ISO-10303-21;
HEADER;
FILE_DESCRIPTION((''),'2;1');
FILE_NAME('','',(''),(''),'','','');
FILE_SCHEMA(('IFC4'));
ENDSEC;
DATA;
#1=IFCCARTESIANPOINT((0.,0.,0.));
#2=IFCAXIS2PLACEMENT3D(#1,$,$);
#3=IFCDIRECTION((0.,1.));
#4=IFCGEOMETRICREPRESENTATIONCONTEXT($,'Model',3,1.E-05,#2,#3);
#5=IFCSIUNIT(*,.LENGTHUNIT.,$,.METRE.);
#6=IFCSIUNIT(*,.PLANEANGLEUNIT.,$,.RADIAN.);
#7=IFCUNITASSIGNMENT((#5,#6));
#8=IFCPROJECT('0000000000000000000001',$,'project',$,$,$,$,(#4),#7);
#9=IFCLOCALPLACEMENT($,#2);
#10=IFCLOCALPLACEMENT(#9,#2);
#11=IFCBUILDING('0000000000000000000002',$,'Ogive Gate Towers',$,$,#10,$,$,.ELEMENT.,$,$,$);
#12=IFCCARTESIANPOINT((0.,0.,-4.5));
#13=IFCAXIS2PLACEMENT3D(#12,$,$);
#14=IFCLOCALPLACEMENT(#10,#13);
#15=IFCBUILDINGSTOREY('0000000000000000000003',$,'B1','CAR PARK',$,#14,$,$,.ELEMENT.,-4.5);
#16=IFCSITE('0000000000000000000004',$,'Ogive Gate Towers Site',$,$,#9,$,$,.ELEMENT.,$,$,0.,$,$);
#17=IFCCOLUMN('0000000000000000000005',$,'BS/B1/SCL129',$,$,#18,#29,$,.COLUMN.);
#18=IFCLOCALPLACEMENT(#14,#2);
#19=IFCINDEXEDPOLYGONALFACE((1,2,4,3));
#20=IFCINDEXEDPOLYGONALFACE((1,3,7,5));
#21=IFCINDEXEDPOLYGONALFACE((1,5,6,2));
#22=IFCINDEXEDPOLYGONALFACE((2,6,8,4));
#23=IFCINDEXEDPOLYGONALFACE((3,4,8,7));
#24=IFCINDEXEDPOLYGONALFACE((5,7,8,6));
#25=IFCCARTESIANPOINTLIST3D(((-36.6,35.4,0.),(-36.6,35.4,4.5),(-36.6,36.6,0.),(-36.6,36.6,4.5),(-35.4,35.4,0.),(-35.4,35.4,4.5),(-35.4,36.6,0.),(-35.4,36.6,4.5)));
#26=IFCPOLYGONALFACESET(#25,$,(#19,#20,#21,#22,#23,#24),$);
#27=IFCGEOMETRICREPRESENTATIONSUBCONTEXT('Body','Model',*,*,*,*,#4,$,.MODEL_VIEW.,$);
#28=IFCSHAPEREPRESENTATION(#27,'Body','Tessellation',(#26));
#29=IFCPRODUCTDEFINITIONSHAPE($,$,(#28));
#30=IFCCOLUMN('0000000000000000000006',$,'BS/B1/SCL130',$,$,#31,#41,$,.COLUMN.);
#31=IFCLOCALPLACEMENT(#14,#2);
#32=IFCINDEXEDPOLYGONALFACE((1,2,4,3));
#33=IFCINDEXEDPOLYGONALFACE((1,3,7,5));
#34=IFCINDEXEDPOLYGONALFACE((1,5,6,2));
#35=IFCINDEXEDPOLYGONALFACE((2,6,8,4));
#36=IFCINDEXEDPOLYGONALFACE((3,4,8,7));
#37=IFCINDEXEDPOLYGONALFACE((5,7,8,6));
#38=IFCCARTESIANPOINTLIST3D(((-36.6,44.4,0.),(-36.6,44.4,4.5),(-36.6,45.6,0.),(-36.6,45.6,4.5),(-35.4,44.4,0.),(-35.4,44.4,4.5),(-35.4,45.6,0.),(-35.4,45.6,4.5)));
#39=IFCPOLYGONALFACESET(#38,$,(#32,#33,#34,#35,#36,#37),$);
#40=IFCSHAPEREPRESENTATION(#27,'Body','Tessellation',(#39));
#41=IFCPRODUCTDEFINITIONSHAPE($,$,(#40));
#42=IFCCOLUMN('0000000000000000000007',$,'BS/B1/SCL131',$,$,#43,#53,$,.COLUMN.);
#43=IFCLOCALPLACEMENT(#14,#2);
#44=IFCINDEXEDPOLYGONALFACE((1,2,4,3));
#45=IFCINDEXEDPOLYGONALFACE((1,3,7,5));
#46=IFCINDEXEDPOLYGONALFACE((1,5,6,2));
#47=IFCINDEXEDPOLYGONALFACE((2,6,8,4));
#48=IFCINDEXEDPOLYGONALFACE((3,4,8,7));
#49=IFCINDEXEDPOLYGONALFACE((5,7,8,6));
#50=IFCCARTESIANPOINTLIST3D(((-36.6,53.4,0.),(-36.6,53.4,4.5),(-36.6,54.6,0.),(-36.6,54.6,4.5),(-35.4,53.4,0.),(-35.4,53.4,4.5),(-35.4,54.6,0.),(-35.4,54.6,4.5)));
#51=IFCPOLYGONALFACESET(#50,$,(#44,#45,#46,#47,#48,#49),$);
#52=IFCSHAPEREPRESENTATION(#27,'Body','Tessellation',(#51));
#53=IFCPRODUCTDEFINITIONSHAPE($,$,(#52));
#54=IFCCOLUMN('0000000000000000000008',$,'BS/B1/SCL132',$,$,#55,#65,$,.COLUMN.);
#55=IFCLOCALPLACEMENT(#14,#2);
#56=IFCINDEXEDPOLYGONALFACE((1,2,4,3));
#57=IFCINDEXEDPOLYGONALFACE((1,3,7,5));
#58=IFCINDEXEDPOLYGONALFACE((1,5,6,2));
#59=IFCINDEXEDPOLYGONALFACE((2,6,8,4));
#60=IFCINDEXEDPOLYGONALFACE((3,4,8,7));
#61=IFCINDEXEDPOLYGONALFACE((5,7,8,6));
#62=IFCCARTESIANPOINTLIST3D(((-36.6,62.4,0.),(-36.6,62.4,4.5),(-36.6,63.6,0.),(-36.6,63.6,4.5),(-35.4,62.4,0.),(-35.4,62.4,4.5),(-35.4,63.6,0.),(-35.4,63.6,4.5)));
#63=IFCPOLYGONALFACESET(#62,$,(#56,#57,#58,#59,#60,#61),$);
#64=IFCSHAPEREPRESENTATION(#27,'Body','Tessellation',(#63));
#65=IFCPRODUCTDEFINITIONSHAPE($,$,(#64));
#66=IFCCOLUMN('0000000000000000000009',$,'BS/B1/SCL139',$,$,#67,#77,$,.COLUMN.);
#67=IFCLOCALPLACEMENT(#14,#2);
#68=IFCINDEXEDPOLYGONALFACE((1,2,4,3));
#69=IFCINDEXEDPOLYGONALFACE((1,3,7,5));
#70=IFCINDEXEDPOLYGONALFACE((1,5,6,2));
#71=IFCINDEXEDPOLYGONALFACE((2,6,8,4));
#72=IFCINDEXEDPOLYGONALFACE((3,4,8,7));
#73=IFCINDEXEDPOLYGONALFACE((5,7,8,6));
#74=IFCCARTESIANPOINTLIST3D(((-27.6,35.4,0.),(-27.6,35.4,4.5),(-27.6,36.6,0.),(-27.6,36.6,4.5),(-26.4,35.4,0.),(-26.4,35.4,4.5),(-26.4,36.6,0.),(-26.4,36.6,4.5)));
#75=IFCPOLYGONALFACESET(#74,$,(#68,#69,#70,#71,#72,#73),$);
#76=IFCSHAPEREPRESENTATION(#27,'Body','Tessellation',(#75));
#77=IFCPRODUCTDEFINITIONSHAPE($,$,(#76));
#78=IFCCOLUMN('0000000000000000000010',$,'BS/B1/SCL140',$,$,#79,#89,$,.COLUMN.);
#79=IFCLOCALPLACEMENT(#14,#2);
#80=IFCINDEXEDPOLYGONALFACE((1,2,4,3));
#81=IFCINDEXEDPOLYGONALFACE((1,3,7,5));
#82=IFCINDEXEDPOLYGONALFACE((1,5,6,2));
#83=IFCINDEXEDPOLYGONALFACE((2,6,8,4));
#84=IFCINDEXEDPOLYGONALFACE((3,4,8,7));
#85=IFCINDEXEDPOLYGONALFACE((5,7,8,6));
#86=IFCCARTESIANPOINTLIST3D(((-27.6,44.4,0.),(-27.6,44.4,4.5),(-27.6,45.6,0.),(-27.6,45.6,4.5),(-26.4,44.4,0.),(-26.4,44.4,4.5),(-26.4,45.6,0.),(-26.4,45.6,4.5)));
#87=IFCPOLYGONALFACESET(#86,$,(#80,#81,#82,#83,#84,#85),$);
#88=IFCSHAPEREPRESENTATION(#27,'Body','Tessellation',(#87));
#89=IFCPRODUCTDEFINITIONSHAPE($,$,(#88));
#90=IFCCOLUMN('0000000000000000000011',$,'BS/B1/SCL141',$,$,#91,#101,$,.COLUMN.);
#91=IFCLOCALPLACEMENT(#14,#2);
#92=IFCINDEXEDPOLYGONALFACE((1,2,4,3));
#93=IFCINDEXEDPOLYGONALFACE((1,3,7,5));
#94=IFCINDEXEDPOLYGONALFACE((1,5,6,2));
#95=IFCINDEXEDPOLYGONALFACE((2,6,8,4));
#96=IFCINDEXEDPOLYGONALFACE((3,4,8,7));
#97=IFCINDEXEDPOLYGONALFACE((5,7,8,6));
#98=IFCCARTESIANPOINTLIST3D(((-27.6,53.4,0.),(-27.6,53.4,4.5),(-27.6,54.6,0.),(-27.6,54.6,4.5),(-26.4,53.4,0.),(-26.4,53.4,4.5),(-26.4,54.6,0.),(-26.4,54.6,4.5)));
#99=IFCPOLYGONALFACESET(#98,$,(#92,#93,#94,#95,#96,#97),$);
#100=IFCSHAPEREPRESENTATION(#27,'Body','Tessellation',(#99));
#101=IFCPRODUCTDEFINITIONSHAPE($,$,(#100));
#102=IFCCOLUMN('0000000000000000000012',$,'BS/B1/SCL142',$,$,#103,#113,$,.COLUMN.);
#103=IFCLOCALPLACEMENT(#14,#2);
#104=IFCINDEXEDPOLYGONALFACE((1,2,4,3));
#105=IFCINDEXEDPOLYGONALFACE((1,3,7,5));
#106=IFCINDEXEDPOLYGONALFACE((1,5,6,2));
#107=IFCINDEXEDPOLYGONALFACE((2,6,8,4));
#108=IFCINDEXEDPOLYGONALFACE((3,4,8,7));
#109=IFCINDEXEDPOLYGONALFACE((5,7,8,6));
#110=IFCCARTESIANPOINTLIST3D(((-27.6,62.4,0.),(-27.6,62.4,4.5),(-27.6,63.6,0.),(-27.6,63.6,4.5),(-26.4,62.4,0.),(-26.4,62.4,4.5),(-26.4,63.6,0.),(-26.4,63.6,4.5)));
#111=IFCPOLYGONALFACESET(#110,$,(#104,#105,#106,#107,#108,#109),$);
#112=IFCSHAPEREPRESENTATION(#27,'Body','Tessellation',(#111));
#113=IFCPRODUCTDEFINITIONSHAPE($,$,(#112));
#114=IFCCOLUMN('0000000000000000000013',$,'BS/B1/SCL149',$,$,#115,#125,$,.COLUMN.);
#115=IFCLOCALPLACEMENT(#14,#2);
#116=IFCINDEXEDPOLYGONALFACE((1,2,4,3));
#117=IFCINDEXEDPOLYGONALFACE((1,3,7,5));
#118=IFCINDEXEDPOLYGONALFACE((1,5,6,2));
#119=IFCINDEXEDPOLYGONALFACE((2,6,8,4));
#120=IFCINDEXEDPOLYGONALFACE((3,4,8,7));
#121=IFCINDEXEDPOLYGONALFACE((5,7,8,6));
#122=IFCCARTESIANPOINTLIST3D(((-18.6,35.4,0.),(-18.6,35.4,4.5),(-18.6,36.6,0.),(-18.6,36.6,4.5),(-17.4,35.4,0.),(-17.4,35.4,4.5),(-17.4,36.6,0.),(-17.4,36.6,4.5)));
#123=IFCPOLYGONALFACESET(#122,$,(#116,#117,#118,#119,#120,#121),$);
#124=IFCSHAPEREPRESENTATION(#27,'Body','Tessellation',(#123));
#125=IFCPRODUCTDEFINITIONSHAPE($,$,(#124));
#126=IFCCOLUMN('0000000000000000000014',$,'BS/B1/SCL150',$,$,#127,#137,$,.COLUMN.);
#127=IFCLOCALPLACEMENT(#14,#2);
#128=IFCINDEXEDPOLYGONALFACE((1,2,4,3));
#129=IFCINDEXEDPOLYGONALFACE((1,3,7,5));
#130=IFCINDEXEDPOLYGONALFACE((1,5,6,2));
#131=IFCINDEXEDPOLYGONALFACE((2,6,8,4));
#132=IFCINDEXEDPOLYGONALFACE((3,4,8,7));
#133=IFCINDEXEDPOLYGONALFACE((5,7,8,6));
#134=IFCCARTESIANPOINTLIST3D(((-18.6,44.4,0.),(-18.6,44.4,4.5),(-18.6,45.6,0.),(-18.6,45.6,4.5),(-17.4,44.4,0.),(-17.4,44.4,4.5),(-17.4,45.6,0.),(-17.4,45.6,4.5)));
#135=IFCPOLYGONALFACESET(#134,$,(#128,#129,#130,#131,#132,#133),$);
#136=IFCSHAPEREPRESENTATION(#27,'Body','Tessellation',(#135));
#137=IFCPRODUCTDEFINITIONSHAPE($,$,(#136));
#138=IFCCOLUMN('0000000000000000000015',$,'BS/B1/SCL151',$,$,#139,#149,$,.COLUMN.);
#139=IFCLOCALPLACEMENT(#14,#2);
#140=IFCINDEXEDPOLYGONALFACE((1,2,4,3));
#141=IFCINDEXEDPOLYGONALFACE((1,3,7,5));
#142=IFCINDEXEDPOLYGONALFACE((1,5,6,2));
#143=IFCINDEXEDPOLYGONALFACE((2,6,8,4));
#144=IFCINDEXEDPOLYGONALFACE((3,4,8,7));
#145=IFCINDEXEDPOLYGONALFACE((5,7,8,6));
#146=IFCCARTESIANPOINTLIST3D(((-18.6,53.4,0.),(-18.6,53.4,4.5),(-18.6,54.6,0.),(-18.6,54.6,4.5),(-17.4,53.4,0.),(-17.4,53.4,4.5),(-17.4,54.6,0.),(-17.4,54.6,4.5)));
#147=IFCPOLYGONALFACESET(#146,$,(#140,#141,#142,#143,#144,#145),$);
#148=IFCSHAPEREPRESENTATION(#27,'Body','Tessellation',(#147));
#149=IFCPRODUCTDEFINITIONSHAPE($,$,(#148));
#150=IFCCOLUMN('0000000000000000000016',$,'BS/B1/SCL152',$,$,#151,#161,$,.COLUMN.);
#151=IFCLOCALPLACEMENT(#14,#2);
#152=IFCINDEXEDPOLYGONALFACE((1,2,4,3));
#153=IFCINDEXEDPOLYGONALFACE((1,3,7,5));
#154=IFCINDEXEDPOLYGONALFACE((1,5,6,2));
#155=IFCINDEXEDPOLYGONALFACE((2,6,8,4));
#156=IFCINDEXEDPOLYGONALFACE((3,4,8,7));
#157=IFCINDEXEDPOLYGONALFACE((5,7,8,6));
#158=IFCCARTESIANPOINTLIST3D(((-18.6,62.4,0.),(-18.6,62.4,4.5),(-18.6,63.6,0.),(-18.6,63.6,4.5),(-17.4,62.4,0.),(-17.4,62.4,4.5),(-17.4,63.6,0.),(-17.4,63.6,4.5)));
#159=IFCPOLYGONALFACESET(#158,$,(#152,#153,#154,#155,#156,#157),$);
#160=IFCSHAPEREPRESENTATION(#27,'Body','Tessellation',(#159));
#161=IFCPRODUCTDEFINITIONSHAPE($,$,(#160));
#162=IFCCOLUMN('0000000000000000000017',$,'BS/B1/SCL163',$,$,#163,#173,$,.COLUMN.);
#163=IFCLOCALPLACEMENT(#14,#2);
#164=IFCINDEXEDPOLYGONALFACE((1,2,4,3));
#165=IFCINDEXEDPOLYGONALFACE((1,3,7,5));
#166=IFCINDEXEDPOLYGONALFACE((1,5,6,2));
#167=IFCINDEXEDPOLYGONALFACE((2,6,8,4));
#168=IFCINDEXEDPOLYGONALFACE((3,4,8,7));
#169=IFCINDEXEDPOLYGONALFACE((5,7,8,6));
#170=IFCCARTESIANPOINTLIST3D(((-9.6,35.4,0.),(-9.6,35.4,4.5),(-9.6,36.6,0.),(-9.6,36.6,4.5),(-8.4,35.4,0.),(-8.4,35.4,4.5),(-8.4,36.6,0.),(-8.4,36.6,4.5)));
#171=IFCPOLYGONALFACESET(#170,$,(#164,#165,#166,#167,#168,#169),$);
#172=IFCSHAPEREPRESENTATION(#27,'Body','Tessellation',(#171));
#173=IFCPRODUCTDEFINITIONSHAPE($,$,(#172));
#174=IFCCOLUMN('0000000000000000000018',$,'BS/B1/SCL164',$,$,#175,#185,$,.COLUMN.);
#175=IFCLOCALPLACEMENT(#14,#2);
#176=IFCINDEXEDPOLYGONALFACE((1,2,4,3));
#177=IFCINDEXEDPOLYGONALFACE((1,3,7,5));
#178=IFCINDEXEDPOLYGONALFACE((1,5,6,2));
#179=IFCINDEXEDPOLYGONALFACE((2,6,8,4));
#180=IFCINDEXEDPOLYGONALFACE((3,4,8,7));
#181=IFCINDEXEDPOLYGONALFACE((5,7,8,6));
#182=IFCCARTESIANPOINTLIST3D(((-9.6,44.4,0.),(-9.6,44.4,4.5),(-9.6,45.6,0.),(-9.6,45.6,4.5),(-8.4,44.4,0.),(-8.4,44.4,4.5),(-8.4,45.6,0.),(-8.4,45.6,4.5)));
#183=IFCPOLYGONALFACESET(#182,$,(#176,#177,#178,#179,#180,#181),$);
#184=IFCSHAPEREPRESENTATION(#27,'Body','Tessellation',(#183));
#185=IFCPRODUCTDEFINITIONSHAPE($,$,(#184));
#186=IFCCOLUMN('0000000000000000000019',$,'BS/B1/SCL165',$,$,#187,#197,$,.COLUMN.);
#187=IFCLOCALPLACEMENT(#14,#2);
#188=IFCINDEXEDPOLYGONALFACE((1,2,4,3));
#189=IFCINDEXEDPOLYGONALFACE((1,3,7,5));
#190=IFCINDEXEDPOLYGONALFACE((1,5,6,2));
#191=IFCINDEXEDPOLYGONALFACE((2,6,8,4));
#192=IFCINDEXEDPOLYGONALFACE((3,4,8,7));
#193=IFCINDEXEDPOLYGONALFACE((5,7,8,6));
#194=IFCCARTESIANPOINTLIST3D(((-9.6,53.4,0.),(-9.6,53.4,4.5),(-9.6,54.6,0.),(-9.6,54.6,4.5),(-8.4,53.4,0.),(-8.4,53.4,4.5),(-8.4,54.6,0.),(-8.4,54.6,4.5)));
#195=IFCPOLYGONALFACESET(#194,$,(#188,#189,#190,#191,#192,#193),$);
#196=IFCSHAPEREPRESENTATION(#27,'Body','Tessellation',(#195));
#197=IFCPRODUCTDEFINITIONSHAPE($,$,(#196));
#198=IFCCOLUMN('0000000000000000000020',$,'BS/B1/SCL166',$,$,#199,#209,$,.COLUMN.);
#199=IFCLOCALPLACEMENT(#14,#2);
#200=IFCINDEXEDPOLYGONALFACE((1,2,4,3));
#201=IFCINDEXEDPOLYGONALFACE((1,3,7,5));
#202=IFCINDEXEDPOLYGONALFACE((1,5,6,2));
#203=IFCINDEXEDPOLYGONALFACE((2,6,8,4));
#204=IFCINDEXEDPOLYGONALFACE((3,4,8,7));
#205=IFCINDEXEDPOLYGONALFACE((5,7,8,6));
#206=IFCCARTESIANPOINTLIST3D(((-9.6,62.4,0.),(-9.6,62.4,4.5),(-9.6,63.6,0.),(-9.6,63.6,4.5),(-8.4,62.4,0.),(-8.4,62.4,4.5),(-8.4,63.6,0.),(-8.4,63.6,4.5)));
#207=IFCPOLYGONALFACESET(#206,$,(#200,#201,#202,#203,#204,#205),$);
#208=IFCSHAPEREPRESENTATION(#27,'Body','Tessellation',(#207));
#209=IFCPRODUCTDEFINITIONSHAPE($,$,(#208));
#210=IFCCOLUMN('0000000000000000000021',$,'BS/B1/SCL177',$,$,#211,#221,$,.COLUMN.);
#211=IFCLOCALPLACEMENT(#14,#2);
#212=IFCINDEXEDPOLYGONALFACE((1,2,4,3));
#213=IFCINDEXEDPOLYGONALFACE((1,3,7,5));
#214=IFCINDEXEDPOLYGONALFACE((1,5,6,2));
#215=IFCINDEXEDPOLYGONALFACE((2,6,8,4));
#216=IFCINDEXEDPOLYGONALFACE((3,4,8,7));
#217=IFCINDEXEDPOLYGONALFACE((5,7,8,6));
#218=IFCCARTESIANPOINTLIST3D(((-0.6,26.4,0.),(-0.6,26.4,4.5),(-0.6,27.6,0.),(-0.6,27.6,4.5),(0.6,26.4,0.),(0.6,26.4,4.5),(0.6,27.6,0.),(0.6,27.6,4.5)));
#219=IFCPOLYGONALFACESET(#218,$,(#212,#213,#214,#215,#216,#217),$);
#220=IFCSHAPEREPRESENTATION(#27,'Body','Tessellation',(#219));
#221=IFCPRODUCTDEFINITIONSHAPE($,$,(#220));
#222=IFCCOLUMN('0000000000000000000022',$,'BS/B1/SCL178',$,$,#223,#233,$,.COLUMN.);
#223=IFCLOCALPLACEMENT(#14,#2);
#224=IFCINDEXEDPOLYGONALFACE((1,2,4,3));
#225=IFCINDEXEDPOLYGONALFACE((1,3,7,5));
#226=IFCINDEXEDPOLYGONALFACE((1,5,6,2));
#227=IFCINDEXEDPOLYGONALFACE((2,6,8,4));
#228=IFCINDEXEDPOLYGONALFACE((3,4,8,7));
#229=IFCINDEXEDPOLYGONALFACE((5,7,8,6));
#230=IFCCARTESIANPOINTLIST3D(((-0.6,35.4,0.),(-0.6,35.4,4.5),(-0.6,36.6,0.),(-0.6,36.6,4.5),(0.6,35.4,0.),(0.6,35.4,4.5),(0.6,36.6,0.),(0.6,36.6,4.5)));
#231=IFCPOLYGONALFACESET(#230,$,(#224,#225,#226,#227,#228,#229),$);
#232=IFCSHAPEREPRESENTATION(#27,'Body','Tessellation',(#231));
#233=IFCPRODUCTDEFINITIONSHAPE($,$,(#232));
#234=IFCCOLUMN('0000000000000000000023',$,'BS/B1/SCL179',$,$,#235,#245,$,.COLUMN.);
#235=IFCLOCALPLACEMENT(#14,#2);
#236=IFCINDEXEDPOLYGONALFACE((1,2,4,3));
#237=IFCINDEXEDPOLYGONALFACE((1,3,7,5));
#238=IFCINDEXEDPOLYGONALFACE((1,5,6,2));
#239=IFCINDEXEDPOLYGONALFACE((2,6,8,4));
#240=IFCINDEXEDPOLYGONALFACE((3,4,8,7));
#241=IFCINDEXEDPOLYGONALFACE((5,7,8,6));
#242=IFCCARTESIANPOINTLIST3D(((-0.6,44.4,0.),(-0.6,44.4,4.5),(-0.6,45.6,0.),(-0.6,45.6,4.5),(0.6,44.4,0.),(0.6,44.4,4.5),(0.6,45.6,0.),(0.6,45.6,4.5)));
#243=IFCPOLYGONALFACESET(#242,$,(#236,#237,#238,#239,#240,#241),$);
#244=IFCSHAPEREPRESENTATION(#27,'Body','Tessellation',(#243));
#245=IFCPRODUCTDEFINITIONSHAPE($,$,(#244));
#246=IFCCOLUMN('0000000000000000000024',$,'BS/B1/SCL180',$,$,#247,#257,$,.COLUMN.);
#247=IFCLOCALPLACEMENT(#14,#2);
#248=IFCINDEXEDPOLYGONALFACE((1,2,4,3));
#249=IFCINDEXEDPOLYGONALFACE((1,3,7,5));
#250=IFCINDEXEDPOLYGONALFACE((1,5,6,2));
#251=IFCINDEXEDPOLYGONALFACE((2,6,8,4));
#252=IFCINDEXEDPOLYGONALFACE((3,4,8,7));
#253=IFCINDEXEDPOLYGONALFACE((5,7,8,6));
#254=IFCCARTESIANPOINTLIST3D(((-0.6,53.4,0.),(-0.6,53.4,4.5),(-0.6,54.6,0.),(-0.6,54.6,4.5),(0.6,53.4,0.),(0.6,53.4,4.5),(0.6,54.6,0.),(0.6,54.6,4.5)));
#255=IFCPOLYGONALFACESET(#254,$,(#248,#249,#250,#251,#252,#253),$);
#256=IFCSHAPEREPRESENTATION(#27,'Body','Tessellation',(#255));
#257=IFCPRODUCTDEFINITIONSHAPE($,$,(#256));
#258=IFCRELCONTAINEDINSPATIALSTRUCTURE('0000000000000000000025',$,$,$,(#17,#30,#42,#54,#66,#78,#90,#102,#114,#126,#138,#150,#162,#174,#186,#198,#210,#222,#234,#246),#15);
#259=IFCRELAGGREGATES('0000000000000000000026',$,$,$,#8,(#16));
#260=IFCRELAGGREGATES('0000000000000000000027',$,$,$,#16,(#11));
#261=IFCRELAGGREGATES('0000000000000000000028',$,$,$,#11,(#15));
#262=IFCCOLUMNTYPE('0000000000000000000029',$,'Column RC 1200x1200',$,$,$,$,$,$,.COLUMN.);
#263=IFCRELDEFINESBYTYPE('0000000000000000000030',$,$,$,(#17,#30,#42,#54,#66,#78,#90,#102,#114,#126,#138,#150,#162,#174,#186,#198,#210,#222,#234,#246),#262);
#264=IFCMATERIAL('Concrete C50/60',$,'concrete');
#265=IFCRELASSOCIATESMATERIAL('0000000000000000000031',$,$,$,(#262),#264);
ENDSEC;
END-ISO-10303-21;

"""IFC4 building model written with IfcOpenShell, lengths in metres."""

from ifc_helpers import new_model, si_unit, direction, frame, origin, origin_2d, place, context, subcontext, project, spatial, rectangle, extrude, material, material_profile, profile_set, type_object, element, save


model = new_model("IFC4")

# Units and contexts
model_context = context("Model", 3, precision=1e-05, world=origin(), true_north=direction((0.0, 1.0)))
body_context = subcontext(model_context, "Body", "Model", "MODEL_VIEW")
ifc_project = project(units=[si_unit("LENGTHUNIT", "METRE"), si_unit("PLANEANGLEUNIT", "RADIAN")], contexts=[model_context])

# Site, building, storey
site_placement = place(None, origin())
site = spatial("IfcSite", under=ifc_project, at=site_placement, Name="Ogive Gate Towers Site", CompositionType="ELEMENT", RefElevation=0.0)
building_placement = place(site_placement, origin())
building = spatial("IfcBuilding", under=site, at=building_placement, Name="Ogive Gate Towers", CompositionType="ELEMENT")
storey_placement = place(building_placement, frame((0.0, 0.0, -4.5)))
storey = spatial("IfcBuildingStorey", under=building, at=storey_placement, Name="B1", Description="CAR PARK", CompositionType="ELEMENT", Elevation=-4.5)

# Columns
ifc_material_1 = material(Name="Concrete C50/60", Category="concrete")
ifc_material_profile = material_profile(ifc_material_1, rectangle(XDim=1.2, YDim=1.2, at=origin_2d()), Name="RC 1200x1200")
ifc_profile_set = profile_set([ifc_material_profile], Name="Concrete C50/60")
column_type = type_object("IfcColumnType", Name="Column RC 1200x1200", PredefinedType="COLUMN", material=ifc_profile_set)
for number, where, z_axis, x_axis, name in (
    (1, (-36.0, 36.0, 0.0), (0.0, 0.0, 1.0), (1.0, 0.0, 0.0), "BS/B1/SCL129"),
    (2, (-36.0, 45.0, 0.0), (0.0, 0.0, 1.0), (1.0, 0.0, 0.0), "BS/B1/SCL130"),
    (3, (-36.0, 54.0, 0.0), (0.0, 0.0, 1.0), (1.0, 0.0, 0.0), "BS/B1/SCL131"),
    (4, (-36.0, 63.0, 0.0), (0.0, 0.0, 1.0), (1.0, 0.0, 0.0), "BS/B1/SCL132"),
    (5, (-27.0, 36.0, 0.0), (0.0, 0.0, 1.0), (1.0, 0.0, 0.0), "BS/B1/SCL139"),
    (6, (-27.0, 45.0, 0.0), (0.0, 0.0, 1.0), (1.0, 0.0, 0.0), "BS/B1/SCL140"),
    (7, (-27.0, 54.0, 0.0), (0.0, 0.0, 1.0), (1.0, 0.0, 0.0), "BS/B1/SCL141"),
    (8, (-27.0, 63.0, 0.0), (0.0, 0.0, 1.0), (1.0, 0.0, 0.0), "BS/B1/SCL142"),
    (9, (-18.0, 36.0, 0.0), (0.0, 0.0, 1.0), (1.0, 0.0, 0.0), "BS/B1/SCL149"),
    (10, (-18.0, 45.0, 0.0), (0.0, 0.0, 1.0), (1.0, 0.0, 0.0), "BS/B1/SCL150"),
    (11, (-18.0, 54.0, 0.0), (0.0, 0.0, 1.0), (1.0, 0.0, 0.0), "BS/B1/SCL151"),
    (12, (-18.0, 63.0, 0.0), (0.0, 0.0, 1.0), (1.0, 0.0, 0.0), "BS/B1/SCL152"),
    (13, (-9.0, 36.0, 0.0), (0.0, 0.0, 1.0), (1.0, 0.0, 0.0), "BS/B1/SCL163"),
    (14, (-9.0, 45.0, 0.0), (0.0, 0.0, 1.0), (1.0, 0.0, 0.0), "BS/B1/SCL164"),
    (15, (-9.0, 54.0, 0.0), (0.0, 0.0, 1.0), (1.0, 0.0, 0.0), "BS/B1/SCL165"),
    (16, (-9.0, 63.0, 0.0), (0.0, 0.0, 1.0), (1.0, 0.0, 0.0), "BS/B1/SCL166"),
    (17, (0.0, 27.0, 0.0), (0.0, 0.0, 1.0), (1.0, 0.0, 0.0), "BS/B1/SCL177"),
    (18, (0.0, 36.0, 0.0), (0.0, 0.0, 1.0), (1.0, 0.0, 0.0), "BS/B1/SCL178"),
    (19, (0.0, 45.0, 0.0), (0.0, 0.0, 1.0), (1.0, 0.0, 0.0), "BS/B1/SCL179"),
    (20, (0.0, 54.0, 0.0), (0.0, 0.0, 1.0), (1.0, 0.0, 0.0), "BS/B1/SCL180"),
):
    element("IfcColumn", number, at=place(storey_placement, frame(where, z_axis=z_axis, x_axis=x_axis)), inside=storey, type_object=column_type, Name=name, PredefinedType="COLUMN", context=body_context, shape_type="SweptSolid", body=[
        extrude(rectangle(XDim=1.2, YDim=1.2, at=origin_2d()), origin(), (0.0, 0.0, 1.0), 4.5),
    ])

save(model, "model.ifc")
